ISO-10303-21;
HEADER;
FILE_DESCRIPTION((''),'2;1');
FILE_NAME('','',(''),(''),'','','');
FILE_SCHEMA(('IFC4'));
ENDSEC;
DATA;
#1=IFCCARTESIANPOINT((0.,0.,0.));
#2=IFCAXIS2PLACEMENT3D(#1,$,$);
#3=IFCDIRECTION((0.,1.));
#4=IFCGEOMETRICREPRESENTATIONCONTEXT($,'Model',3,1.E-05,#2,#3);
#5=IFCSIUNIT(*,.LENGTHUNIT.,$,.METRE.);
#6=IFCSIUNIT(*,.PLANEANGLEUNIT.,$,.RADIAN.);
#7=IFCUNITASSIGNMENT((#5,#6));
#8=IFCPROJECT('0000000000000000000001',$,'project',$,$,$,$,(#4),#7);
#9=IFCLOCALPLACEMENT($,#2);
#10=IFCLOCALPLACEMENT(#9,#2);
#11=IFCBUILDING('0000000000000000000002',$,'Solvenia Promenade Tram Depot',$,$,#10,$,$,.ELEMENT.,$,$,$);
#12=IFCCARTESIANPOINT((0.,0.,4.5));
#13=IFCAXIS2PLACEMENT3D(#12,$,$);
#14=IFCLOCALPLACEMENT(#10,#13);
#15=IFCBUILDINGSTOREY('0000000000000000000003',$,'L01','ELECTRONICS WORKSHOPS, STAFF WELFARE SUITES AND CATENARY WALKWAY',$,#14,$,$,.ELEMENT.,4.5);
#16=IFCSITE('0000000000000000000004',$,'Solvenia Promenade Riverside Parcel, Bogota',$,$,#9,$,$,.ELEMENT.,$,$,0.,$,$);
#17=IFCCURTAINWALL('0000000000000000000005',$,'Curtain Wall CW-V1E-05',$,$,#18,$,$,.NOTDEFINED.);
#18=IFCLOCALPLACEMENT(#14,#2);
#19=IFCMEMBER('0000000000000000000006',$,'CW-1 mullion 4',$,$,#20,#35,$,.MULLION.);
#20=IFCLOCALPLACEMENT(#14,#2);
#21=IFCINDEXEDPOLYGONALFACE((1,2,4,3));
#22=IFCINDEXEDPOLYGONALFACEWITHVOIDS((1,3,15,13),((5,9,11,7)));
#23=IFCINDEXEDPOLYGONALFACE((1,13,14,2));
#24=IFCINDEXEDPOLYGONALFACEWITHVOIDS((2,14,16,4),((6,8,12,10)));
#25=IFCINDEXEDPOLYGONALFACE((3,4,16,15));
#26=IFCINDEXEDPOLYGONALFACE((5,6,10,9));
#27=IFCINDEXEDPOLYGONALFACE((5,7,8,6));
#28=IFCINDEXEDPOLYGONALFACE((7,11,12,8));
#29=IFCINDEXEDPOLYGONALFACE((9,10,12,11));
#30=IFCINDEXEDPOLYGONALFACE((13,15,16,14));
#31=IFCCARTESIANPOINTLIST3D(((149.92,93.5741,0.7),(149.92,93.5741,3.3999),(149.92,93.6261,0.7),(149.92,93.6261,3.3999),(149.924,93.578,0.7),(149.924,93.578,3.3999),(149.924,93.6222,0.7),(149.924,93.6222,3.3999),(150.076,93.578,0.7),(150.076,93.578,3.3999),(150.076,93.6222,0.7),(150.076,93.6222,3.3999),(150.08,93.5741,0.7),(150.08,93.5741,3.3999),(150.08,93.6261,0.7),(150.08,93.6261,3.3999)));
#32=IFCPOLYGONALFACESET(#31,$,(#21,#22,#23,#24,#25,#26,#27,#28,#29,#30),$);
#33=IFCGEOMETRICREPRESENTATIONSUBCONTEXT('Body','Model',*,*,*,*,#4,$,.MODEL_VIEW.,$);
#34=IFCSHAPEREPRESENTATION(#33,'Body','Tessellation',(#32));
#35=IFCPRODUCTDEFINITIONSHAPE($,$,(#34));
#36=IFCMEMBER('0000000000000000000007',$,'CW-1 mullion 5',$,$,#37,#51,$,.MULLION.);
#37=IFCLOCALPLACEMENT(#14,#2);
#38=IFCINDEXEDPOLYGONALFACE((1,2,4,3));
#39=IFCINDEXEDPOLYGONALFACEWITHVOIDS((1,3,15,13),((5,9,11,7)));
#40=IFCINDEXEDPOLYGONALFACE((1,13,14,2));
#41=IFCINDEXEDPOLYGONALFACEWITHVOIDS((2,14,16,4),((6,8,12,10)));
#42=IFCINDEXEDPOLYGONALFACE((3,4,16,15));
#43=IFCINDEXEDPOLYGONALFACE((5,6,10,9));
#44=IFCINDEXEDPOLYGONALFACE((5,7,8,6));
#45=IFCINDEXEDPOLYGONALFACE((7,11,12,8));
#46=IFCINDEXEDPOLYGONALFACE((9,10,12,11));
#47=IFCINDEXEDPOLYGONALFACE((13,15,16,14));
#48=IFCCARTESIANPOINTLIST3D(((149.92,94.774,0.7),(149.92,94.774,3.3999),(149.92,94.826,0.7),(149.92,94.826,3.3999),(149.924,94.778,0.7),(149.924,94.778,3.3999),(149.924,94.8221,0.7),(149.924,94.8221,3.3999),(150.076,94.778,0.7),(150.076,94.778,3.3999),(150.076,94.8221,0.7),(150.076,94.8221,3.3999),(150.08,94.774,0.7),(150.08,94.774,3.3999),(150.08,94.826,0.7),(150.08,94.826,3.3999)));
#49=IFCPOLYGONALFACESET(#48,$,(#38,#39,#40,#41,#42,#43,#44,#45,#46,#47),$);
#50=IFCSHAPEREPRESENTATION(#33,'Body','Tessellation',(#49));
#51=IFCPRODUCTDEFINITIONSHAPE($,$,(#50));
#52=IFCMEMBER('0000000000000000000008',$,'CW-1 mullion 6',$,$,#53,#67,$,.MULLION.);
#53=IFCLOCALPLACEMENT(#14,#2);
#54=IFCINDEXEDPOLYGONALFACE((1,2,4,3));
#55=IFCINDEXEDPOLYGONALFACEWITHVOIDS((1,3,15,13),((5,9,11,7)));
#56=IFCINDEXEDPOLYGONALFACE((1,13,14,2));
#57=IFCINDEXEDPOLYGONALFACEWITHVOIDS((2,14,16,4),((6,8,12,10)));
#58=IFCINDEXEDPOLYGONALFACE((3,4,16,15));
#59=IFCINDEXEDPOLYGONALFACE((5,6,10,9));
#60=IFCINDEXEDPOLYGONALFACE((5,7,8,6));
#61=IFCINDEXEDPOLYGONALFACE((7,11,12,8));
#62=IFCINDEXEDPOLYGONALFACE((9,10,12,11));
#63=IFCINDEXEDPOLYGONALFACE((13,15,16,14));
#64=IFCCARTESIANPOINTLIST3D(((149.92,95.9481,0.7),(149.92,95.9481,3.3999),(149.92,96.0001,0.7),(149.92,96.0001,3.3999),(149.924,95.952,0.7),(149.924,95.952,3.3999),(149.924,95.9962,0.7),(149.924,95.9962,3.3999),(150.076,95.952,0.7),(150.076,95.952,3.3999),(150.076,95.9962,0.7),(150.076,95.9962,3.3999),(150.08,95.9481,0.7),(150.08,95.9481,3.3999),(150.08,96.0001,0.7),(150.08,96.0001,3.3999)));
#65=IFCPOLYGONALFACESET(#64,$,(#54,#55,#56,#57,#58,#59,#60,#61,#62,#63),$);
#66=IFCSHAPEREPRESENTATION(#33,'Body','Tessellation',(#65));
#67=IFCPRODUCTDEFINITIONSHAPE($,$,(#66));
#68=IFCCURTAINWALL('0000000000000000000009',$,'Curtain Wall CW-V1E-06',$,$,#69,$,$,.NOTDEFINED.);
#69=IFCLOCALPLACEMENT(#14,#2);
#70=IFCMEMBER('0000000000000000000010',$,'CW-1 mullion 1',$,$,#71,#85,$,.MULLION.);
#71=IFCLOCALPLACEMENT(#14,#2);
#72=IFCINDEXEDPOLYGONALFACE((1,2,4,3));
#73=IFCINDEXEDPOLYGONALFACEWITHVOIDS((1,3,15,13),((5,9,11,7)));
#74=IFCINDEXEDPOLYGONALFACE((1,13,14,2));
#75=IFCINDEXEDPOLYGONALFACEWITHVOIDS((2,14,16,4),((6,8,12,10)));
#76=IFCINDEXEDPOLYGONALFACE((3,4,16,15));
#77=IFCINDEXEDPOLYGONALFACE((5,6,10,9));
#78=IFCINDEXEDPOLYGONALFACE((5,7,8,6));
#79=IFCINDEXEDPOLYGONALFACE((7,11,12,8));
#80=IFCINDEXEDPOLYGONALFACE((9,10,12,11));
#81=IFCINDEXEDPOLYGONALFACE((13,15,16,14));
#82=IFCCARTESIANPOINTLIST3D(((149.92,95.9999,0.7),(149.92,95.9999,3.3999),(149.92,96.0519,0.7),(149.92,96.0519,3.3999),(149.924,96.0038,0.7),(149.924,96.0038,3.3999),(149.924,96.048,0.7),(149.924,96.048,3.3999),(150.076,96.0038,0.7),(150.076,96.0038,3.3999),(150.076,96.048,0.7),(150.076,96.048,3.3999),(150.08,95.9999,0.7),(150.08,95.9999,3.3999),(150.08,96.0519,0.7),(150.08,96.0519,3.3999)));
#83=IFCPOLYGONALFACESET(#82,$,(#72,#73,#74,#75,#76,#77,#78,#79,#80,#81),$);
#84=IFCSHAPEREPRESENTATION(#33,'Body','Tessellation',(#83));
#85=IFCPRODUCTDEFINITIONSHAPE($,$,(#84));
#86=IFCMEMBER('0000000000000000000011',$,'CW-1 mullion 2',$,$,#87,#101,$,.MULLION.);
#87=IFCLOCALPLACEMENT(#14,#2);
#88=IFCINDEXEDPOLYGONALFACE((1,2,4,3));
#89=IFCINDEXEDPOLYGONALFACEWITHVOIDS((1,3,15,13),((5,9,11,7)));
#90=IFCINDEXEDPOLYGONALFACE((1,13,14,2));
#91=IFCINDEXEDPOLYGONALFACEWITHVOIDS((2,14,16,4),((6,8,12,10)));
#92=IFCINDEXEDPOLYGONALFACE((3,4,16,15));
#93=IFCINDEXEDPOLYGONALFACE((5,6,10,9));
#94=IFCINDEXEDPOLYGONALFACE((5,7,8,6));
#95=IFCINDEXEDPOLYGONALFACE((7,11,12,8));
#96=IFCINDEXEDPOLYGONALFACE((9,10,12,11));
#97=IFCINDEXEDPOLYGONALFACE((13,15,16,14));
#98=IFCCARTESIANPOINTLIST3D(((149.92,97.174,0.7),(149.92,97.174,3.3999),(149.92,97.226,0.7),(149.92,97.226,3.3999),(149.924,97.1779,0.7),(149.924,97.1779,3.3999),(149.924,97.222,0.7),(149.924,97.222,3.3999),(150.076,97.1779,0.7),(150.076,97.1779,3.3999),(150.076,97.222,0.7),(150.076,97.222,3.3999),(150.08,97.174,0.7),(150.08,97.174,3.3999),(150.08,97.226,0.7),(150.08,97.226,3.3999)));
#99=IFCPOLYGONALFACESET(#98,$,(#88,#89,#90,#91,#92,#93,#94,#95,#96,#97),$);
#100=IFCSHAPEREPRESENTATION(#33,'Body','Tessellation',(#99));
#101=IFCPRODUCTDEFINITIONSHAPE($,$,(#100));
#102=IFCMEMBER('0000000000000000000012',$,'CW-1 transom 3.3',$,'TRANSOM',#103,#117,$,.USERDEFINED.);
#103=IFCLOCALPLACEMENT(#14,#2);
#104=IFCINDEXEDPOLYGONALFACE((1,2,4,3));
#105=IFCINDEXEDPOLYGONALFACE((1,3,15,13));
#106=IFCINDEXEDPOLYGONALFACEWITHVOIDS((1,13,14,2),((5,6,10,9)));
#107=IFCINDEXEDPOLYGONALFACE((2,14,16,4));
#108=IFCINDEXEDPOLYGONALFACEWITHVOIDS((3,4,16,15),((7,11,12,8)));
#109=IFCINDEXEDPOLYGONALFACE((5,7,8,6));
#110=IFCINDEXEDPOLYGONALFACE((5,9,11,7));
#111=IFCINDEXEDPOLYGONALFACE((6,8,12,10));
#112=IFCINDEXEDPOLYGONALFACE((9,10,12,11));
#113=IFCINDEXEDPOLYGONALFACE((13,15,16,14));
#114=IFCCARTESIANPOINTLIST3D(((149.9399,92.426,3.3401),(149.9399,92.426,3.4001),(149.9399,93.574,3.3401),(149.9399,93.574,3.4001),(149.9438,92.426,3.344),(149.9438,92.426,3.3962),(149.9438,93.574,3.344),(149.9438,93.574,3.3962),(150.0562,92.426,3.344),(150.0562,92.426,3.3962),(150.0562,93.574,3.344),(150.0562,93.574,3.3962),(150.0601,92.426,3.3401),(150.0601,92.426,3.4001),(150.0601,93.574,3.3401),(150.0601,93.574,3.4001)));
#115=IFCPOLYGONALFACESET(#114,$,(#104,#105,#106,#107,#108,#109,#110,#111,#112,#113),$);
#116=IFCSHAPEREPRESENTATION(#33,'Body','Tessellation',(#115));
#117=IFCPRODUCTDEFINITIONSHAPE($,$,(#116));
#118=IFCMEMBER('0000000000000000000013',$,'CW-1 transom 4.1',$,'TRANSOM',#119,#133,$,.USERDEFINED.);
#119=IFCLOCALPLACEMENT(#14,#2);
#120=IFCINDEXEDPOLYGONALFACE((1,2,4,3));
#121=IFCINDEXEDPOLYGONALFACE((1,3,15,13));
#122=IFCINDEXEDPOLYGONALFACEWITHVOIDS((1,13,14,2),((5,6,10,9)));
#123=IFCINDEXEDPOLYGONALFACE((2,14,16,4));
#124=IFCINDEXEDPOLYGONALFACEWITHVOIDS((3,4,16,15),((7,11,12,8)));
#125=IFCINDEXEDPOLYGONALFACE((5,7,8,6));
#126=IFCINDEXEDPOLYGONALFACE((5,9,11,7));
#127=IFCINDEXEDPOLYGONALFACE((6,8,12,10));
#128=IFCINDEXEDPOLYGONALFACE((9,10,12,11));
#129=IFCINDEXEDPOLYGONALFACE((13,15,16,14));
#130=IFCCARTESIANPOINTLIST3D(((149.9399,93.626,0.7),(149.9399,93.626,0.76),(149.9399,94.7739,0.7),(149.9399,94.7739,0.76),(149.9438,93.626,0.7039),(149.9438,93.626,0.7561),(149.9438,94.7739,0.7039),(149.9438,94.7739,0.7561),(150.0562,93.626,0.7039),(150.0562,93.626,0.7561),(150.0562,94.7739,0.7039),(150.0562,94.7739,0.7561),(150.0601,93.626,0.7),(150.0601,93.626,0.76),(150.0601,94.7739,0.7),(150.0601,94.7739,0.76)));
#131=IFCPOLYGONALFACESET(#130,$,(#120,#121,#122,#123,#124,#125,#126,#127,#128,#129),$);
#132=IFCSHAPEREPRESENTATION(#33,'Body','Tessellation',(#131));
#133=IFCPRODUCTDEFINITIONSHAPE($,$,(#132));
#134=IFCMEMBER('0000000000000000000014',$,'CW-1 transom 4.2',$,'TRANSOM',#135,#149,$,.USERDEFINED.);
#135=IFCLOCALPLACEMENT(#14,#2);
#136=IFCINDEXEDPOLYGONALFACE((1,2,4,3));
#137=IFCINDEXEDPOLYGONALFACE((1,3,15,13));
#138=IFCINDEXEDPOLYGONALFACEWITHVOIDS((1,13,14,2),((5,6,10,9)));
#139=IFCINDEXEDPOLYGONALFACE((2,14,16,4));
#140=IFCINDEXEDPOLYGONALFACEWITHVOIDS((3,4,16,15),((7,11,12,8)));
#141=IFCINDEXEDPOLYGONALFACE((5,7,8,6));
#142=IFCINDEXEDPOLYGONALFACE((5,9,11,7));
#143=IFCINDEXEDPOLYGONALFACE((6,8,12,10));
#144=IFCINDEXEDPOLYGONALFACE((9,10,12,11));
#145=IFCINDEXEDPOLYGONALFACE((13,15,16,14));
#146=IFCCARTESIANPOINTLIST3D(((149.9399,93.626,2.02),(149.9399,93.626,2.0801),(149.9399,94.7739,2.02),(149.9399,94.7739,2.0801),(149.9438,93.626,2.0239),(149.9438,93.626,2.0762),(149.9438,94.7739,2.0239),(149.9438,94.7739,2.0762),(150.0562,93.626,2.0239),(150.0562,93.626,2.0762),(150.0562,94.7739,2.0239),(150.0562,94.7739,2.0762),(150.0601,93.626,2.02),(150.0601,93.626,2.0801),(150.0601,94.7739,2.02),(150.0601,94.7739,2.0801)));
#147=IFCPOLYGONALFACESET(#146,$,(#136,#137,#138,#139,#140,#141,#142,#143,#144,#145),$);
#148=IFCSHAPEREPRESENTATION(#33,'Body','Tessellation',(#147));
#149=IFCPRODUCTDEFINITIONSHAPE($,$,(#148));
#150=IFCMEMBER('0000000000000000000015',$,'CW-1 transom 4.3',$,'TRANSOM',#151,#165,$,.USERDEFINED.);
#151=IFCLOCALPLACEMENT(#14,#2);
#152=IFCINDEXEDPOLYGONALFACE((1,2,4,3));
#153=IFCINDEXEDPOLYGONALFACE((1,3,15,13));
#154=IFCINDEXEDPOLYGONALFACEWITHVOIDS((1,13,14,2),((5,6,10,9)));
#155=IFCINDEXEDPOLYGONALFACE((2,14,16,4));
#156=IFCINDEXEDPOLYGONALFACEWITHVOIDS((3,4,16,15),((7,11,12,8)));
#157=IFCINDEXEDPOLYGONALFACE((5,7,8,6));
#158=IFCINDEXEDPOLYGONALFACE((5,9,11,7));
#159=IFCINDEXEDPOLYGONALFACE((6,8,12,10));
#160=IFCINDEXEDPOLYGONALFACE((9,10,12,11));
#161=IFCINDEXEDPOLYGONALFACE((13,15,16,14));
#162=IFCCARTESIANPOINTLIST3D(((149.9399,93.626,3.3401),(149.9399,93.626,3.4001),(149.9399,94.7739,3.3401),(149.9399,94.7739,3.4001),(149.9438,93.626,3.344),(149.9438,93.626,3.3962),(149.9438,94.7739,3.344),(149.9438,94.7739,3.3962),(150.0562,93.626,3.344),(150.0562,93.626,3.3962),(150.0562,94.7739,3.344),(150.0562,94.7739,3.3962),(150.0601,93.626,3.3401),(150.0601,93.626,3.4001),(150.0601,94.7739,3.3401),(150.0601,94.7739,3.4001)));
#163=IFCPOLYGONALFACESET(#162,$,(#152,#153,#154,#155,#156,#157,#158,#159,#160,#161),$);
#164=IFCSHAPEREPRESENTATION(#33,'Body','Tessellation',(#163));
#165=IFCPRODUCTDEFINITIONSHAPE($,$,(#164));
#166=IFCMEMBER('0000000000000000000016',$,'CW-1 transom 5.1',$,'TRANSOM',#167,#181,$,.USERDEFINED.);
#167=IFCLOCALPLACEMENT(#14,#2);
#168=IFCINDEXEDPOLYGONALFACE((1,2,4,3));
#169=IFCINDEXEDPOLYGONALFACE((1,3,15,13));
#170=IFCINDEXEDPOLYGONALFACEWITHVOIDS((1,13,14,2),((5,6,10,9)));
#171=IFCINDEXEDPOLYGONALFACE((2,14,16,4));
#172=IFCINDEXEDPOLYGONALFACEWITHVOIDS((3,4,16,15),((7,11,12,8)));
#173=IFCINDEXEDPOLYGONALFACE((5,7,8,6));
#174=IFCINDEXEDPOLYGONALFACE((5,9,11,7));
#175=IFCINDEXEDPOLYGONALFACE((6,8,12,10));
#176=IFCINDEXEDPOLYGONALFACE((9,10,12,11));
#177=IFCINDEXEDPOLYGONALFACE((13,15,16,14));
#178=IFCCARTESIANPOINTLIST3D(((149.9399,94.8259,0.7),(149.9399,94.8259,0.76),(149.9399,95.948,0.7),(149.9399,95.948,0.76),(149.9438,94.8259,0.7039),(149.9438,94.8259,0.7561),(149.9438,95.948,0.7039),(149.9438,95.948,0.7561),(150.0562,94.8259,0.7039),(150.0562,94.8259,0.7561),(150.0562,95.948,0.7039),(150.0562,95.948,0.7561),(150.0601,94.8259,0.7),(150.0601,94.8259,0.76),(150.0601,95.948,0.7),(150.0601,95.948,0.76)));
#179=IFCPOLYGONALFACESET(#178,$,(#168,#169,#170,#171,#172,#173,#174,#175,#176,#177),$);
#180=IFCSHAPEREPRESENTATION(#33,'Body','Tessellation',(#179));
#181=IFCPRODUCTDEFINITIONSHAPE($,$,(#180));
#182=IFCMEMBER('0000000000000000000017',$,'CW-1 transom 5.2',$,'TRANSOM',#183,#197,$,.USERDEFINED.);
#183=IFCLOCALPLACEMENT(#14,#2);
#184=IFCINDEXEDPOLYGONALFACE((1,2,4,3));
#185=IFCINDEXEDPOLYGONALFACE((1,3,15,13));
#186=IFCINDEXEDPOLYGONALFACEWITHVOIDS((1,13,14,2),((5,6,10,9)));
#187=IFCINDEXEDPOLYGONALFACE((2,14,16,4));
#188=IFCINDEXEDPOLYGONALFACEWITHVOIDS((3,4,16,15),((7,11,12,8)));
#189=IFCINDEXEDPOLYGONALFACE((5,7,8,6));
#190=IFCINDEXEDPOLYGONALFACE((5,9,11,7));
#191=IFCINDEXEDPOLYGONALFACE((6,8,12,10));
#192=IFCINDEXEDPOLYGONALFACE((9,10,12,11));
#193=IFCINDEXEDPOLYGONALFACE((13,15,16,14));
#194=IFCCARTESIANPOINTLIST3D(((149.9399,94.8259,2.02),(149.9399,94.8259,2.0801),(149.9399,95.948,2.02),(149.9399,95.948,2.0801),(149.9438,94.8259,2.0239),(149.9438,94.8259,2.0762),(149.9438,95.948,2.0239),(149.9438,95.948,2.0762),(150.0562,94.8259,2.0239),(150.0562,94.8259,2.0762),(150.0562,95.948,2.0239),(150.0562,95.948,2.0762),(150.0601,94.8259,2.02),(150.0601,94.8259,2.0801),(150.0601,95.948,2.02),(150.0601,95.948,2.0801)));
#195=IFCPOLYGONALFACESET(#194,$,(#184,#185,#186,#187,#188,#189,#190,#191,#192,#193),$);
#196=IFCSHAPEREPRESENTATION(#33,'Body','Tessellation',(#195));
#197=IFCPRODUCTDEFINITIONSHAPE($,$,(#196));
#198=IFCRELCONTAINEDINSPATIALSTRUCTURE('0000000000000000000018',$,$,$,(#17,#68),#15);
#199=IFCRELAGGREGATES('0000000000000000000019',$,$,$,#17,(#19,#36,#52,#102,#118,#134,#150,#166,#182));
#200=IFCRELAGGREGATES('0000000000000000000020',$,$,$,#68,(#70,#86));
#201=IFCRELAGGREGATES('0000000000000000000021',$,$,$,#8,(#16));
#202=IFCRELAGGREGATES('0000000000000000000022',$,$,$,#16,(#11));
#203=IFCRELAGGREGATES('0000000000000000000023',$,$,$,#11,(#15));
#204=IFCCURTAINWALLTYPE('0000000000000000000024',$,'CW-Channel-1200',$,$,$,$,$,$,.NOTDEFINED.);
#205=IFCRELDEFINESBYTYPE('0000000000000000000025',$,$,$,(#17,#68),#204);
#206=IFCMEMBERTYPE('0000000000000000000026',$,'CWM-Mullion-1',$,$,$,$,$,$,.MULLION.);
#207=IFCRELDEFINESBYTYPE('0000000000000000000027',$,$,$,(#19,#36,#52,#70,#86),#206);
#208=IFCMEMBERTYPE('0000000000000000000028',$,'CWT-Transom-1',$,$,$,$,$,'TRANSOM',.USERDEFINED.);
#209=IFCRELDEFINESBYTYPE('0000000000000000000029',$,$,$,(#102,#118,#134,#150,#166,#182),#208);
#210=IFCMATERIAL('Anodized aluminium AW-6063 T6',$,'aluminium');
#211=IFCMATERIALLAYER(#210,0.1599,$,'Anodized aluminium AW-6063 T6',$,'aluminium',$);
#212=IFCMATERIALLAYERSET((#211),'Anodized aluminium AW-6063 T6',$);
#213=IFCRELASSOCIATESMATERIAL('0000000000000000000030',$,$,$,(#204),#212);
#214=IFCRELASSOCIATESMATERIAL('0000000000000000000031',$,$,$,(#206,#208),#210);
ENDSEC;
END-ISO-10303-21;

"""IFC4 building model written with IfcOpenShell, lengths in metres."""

from ifc_helpers import new_model, si_unit, direction, frame, origin, origin_2d, place, context, subcontext, project, spatial, hollow_rectangle, extrude, material, layer, layer_set, material_profile, profile_set, type_object, element, aggregate, save


model = new_model("IFC4")

# Units and contexts
model_context = context("Model", 3, precision=1e-05, world=origin(), true_north=direction((0.0, 1.0)))
body_context = subcontext(model_context, "Body", "Model", "MODEL_VIEW")
ifc_project = project(units=[si_unit("LENGTHUNIT", "METRE"), si_unit("PLANEANGLEUNIT", "RADIAN")], contexts=[model_context])

# Site, building, storey
site_placement = place(None, origin())
site = spatial("IfcSite", under=ifc_project, at=site_placement, Name="Solvenia Promenade Riverside Parcel, Bogota", CompositionType="ELEMENT", RefElevation=0.0)
building_placement = place(site_placement, origin())
building = spatial("IfcBuilding", under=site, at=building_placement, Name="Solvenia Promenade Tram Depot", CompositionType="ELEMENT")
storey_placement = place(building_placement, frame((0.0, 0.0, 4.5)))
storey = spatial("IfcBuildingStorey", under=building, at=storey_placement, Name="L01", Description="ELECTRONICS WORKSHOPS, STAFF WELFARE SUITES AND CATENARY WALKWAY", CompositionType="ELEMENT", Elevation=4.5)

# Curtain walls, members
ifc_material_1 = material(Name="Anodized aluminium AW-6063 T6", Category="aluminium")
ifc_layer_1 = layer(ifc_material_1, 0.1599, Name="Anodized aluminium AW-6063 T6", Category="aluminium")
ifc_layer_set_1 = layer_set([ifc_layer_1], Name="Anodized aluminium AW-6063 T6")
curtain_wall_type = type_object("IfcCurtainWallType", Name="CW-Channel-1200", PredefinedType="NOTDEFINED", material=ifc_layer_set_1)
curtain_wall_1_placement = place(storey_placement, origin())
curtain_wall_1 = element("IfcCurtainWall", 1, at=curtain_wall_1_placement, inside=storey, type_object=curtain_wall_type, Name="Curtain Wall CW-V1E-05", PredefinedType="NOTDEFINED")
ifc_material_profile_1 = material_profile(ifc_material_1, hollow_rectangle(XDim=0.1599, YDim=0.052, WallThickness=0.0039, at=origin_2d()), Name="ALU-M1", Category="aluminium")
ifc_profile_set_1 = profile_set([ifc_material_profile_1], Name="Anodized aluminium AW-6063 T6")
member_type_1 = type_object("IfcMemberType", Name="CWM-Mullion-1", PredefinedType="MULLION", material=ifc_profile_set_1)
member_1_placement = place(storey_placement, frame((150.0, 93.6001, 0.7), z_axis=(0.0, 0.0, 1.0), x_axis=(-1.0, 0.0, 0.0)))
member_1 = element("IfcMember", 2, at=member_1_placement, type_object=member_type_1, Name="CW-1 mullion 4", PredefinedType="MULLION", context=body_context, shape_type="SweptSolid", body=[
    extrude(hollow_rectangle(XDim=0.1599, YDim=0.052, WallThickness=0.0039, at=origin_2d()), origin(), (0.0, 0.0, 1.0), 2.7),
])
member_2_placement = place(storey_placement, frame((150.0, 94.8, 0.7), z_axis=(0.0, 0.0, 1.0), x_axis=(-1.0, 0.0, 0.0)))
member_2 = element("IfcMember", 3, at=member_2_placement, type_object=member_type_1, Name="CW-1 mullion 5", PredefinedType="MULLION", context=body_context, shape_type="SweptSolid", body=[
    extrude(hollow_rectangle(XDim=0.1599, YDim=0.052, WallThickness=0.0039, at=origin_2d()), origin(), (0.0, 0.0, 1.0), 2.7),
])
member_3_placement = place(storey_placement, frame((150.0, 95.9741, 0.7), z_axis=(0.0, 0.0, 1.0), x_axis=(-1.0, 0.0, 0.0)))
member_3 = element("IfcMember", 4, at=member_3_placement, type_object=member_type_1, Name="CW-1 mullion 6", PredefinedType="MULLION", context=body_context, shape_type="SweptSolid", body=[
    extrude(hollow_rectangle(XDim=0.1599, YDim=0.052, WallThickness=0.0039, at=origin_2d()), origin(), (0.0, 0.0, 1.0), 2.7),
])
curtain_wall_2_placement = place(storey_placement, origin())
curtain_wall_2 = element("IfcCurtainWall", 5, at=curtain_wall_2_placement, inside=storey, type_object=curtain_wall_type, Name="Curtain Wall CW-V1E-06", PredefinedType="NOTDEFINED")
member_4_placement = place(storey_placement, frame((150.0, 96.0259, 0.7), z_axis=(0.0, 0.0, 1.0), x_axis=(-1.0, 0.0, 0.0)))
member_4 = element("IfcMember", 6, at=member_4_placement, type_object=member_type_1, Name="CW-1 mullion 1", PredefinedType="MULLION", context=body_context, shape_type="SweptSolid", body=[
    extrude(hollow_rectangle(XDim=0.1599, YDim=0.052, WallThickness=0.0039, at=origin_2d()), origin(), (0.0, 0.0, 1.0), 2.7),
])
member_5_placement = place(storey_placement, frame((150.0, 97.2, 0.7), z_axis=(0.0, 0.0, 1.0), x_axis=(-1.0, 0.0, 0.0)))
member_5 = element("IfcMember", 7, at=member_5_placement, type_object=member_type_1, Name="CW-1 mullion 2", PredefinedType="MULLION", context=body_context, shape_type="SweptSolid", body=[
    extrude(hollow_rectangle(XDim=0.1599, YDim=0.052, WallThickness=0.0039, at=origin_2d()), origin(), (0.0, 0.0, 1.0), 2.7),
])

# Members
ifc_material_profile_2 = material_profile(ifc_material_1, hollow_rectangle(XDim=0.1201, YDim=0.0601, WallThickness=0.0039, at=origin_2d()), Name="ALU-T1", Category="aluminium")
ifc_profile_set_2 = profile_set([ifc_material_profile_2], Name="Anodized aluminium AW-6063 T6")
member_type_2 = type_object("IfcMemberType", Name="CWT-Transom-1", ElementType="TRANSOM", PredefinedType="USERDEFINED", material=ifc_profile_set_2)
member_6_placement = place(storey_placement, frame((150.0, 92.426, 3.3701), z_axis=(0.0, 1.0, 0.0), x_axis=(-1.0, 0.0, 0.0)))
member_6 = element("IfcMember", 8, at=member_6_placement, type_object=member_type_2, Name="CW-1 transom 3.3", ObjectType="TRANSOM", PredefinedType="USERDEFINED", context=body_context, shape_type="SweptSolid", body=[
    extrude(hollow_rectangle(XDim=0.1201, YDim=0.0601, WallThickness=0.0039, at=origin_2d()), origin(), (0.0, 0.0, 1.0), 1.1479),
])
member_7_placement = place(storey_placement, frame((150.0, 93.626, 0.73), z_axis=(0.0, 1.0, 0.0), x_axis=(-1.0, 0.0, 0.0)))
member_7 = element("IfcMember", 9, at=member_7_placement, type_object=member_type_2, Name="CW-1 transom 4.1", ObjectType="TRANSOM", PredefinedType="USERDEFINED", context=body_context, shape_type="SweptSolid", body=[
    extrude(hollow_rectangle(XDim=0.1201, YDim=0.0601, WallThickness=0.0039, at=origin_2d()), origin(), (0.0, 0.0, 1.0), 1.1479),
])
member_8_placement = place(storey_placement, frame((150.0, 93.626, 2.05), z_axis=(0.0, 1.0, 0.0), x_axis=(-1.0, 0.0, 0.0)))
member_8 = element("IfcMember", 10, at=member_8_placement, type_object=member_type_2, Name="CW-1 transom 4.2", ObjectType="TRANSOM", PredefinedType="USERDEFINED", context=body_context, shape_type="SweptSolid", body=[
    extrude(hollow_rectangle(XDim=0.1201, YDim=0.0601, WallThickness=0.0039, at=origin_2d()), origin(), (0.0, 0.0, 1.0), 1.1479),
])
member_9_placement = place(storey_placement, frame((150.0, 93.626, 3.3701), z_axis=(0.0, 1.0, 0.0), x_axis=(-1.0, 0.0, 0.0)))
member_9 = element("IfcMember", 11, at=member_9_placement, type_object=member_type_2, Name="CW-1 transom 4.3", ObjectType="TRANSOM", PredefinedType="USERDEFINED", context=body_context, shape_type="SweptSolid", body=[
    extrude(hollow_rectangle(XDim=0.1201, YDim=0.0601, WallThickness=0.0039, at=origin_2d()), origin(), (0.0, 0.0, 1.0), 1.1479),
])
member_10_placement = place(storey_placement, frame((150.0, 94.8259, 0.73), z_axis=(0.0, 1.0, 0.0), x_axis=(-1.0, 0.0, 0.0)))
member_10 = element("IfcMember", 12, at=member_10_placement, type_object=member_type_2, Name="CW-1 transom 5.1", ObjectType="TRANSOM", PredefinedType="USERDEFINED", context=body_context, shape_type="SweptSolid", body=[
    extrude(hollow_rectangle(XDim=0.1201, YDim=0.0601, WallThickness=0.0039, at=origin_2d()), origin(), (0.0, 0.0, 1.0), 1.1221),
])
member_11_placement = place(storey_placement, frame((150.0, 94.8259, 2.05), z_axis=(0.0, 1.0, 0.0), x_axis=(-1.0, 0.0, 0.0)))
member_11 = element("IfcMember", 13, at=member_11_placement, type_object=member_type_2, Name="CW-1 transom 5.2", ObjectType="TRANSOM", PredefinedType="USERDEFINED", context=body_context, shape_type="SweptSolid", body=[
    extrude(hollow_rectangle(XDim=0.1201, YDim=0.0601, WallThickness=0.0039, at=origin_2d()), origin(), (0.0, 0.0, 1.0), 1.1221),
])

aggregate(curtain_wall_1, [member_1, member_2, member_3, member_6, member_7, member_8, member_9, member_10, member_11])
aggregate(curtain_wall_2, [member_4, member_5])

save(model, "model.ifc")
